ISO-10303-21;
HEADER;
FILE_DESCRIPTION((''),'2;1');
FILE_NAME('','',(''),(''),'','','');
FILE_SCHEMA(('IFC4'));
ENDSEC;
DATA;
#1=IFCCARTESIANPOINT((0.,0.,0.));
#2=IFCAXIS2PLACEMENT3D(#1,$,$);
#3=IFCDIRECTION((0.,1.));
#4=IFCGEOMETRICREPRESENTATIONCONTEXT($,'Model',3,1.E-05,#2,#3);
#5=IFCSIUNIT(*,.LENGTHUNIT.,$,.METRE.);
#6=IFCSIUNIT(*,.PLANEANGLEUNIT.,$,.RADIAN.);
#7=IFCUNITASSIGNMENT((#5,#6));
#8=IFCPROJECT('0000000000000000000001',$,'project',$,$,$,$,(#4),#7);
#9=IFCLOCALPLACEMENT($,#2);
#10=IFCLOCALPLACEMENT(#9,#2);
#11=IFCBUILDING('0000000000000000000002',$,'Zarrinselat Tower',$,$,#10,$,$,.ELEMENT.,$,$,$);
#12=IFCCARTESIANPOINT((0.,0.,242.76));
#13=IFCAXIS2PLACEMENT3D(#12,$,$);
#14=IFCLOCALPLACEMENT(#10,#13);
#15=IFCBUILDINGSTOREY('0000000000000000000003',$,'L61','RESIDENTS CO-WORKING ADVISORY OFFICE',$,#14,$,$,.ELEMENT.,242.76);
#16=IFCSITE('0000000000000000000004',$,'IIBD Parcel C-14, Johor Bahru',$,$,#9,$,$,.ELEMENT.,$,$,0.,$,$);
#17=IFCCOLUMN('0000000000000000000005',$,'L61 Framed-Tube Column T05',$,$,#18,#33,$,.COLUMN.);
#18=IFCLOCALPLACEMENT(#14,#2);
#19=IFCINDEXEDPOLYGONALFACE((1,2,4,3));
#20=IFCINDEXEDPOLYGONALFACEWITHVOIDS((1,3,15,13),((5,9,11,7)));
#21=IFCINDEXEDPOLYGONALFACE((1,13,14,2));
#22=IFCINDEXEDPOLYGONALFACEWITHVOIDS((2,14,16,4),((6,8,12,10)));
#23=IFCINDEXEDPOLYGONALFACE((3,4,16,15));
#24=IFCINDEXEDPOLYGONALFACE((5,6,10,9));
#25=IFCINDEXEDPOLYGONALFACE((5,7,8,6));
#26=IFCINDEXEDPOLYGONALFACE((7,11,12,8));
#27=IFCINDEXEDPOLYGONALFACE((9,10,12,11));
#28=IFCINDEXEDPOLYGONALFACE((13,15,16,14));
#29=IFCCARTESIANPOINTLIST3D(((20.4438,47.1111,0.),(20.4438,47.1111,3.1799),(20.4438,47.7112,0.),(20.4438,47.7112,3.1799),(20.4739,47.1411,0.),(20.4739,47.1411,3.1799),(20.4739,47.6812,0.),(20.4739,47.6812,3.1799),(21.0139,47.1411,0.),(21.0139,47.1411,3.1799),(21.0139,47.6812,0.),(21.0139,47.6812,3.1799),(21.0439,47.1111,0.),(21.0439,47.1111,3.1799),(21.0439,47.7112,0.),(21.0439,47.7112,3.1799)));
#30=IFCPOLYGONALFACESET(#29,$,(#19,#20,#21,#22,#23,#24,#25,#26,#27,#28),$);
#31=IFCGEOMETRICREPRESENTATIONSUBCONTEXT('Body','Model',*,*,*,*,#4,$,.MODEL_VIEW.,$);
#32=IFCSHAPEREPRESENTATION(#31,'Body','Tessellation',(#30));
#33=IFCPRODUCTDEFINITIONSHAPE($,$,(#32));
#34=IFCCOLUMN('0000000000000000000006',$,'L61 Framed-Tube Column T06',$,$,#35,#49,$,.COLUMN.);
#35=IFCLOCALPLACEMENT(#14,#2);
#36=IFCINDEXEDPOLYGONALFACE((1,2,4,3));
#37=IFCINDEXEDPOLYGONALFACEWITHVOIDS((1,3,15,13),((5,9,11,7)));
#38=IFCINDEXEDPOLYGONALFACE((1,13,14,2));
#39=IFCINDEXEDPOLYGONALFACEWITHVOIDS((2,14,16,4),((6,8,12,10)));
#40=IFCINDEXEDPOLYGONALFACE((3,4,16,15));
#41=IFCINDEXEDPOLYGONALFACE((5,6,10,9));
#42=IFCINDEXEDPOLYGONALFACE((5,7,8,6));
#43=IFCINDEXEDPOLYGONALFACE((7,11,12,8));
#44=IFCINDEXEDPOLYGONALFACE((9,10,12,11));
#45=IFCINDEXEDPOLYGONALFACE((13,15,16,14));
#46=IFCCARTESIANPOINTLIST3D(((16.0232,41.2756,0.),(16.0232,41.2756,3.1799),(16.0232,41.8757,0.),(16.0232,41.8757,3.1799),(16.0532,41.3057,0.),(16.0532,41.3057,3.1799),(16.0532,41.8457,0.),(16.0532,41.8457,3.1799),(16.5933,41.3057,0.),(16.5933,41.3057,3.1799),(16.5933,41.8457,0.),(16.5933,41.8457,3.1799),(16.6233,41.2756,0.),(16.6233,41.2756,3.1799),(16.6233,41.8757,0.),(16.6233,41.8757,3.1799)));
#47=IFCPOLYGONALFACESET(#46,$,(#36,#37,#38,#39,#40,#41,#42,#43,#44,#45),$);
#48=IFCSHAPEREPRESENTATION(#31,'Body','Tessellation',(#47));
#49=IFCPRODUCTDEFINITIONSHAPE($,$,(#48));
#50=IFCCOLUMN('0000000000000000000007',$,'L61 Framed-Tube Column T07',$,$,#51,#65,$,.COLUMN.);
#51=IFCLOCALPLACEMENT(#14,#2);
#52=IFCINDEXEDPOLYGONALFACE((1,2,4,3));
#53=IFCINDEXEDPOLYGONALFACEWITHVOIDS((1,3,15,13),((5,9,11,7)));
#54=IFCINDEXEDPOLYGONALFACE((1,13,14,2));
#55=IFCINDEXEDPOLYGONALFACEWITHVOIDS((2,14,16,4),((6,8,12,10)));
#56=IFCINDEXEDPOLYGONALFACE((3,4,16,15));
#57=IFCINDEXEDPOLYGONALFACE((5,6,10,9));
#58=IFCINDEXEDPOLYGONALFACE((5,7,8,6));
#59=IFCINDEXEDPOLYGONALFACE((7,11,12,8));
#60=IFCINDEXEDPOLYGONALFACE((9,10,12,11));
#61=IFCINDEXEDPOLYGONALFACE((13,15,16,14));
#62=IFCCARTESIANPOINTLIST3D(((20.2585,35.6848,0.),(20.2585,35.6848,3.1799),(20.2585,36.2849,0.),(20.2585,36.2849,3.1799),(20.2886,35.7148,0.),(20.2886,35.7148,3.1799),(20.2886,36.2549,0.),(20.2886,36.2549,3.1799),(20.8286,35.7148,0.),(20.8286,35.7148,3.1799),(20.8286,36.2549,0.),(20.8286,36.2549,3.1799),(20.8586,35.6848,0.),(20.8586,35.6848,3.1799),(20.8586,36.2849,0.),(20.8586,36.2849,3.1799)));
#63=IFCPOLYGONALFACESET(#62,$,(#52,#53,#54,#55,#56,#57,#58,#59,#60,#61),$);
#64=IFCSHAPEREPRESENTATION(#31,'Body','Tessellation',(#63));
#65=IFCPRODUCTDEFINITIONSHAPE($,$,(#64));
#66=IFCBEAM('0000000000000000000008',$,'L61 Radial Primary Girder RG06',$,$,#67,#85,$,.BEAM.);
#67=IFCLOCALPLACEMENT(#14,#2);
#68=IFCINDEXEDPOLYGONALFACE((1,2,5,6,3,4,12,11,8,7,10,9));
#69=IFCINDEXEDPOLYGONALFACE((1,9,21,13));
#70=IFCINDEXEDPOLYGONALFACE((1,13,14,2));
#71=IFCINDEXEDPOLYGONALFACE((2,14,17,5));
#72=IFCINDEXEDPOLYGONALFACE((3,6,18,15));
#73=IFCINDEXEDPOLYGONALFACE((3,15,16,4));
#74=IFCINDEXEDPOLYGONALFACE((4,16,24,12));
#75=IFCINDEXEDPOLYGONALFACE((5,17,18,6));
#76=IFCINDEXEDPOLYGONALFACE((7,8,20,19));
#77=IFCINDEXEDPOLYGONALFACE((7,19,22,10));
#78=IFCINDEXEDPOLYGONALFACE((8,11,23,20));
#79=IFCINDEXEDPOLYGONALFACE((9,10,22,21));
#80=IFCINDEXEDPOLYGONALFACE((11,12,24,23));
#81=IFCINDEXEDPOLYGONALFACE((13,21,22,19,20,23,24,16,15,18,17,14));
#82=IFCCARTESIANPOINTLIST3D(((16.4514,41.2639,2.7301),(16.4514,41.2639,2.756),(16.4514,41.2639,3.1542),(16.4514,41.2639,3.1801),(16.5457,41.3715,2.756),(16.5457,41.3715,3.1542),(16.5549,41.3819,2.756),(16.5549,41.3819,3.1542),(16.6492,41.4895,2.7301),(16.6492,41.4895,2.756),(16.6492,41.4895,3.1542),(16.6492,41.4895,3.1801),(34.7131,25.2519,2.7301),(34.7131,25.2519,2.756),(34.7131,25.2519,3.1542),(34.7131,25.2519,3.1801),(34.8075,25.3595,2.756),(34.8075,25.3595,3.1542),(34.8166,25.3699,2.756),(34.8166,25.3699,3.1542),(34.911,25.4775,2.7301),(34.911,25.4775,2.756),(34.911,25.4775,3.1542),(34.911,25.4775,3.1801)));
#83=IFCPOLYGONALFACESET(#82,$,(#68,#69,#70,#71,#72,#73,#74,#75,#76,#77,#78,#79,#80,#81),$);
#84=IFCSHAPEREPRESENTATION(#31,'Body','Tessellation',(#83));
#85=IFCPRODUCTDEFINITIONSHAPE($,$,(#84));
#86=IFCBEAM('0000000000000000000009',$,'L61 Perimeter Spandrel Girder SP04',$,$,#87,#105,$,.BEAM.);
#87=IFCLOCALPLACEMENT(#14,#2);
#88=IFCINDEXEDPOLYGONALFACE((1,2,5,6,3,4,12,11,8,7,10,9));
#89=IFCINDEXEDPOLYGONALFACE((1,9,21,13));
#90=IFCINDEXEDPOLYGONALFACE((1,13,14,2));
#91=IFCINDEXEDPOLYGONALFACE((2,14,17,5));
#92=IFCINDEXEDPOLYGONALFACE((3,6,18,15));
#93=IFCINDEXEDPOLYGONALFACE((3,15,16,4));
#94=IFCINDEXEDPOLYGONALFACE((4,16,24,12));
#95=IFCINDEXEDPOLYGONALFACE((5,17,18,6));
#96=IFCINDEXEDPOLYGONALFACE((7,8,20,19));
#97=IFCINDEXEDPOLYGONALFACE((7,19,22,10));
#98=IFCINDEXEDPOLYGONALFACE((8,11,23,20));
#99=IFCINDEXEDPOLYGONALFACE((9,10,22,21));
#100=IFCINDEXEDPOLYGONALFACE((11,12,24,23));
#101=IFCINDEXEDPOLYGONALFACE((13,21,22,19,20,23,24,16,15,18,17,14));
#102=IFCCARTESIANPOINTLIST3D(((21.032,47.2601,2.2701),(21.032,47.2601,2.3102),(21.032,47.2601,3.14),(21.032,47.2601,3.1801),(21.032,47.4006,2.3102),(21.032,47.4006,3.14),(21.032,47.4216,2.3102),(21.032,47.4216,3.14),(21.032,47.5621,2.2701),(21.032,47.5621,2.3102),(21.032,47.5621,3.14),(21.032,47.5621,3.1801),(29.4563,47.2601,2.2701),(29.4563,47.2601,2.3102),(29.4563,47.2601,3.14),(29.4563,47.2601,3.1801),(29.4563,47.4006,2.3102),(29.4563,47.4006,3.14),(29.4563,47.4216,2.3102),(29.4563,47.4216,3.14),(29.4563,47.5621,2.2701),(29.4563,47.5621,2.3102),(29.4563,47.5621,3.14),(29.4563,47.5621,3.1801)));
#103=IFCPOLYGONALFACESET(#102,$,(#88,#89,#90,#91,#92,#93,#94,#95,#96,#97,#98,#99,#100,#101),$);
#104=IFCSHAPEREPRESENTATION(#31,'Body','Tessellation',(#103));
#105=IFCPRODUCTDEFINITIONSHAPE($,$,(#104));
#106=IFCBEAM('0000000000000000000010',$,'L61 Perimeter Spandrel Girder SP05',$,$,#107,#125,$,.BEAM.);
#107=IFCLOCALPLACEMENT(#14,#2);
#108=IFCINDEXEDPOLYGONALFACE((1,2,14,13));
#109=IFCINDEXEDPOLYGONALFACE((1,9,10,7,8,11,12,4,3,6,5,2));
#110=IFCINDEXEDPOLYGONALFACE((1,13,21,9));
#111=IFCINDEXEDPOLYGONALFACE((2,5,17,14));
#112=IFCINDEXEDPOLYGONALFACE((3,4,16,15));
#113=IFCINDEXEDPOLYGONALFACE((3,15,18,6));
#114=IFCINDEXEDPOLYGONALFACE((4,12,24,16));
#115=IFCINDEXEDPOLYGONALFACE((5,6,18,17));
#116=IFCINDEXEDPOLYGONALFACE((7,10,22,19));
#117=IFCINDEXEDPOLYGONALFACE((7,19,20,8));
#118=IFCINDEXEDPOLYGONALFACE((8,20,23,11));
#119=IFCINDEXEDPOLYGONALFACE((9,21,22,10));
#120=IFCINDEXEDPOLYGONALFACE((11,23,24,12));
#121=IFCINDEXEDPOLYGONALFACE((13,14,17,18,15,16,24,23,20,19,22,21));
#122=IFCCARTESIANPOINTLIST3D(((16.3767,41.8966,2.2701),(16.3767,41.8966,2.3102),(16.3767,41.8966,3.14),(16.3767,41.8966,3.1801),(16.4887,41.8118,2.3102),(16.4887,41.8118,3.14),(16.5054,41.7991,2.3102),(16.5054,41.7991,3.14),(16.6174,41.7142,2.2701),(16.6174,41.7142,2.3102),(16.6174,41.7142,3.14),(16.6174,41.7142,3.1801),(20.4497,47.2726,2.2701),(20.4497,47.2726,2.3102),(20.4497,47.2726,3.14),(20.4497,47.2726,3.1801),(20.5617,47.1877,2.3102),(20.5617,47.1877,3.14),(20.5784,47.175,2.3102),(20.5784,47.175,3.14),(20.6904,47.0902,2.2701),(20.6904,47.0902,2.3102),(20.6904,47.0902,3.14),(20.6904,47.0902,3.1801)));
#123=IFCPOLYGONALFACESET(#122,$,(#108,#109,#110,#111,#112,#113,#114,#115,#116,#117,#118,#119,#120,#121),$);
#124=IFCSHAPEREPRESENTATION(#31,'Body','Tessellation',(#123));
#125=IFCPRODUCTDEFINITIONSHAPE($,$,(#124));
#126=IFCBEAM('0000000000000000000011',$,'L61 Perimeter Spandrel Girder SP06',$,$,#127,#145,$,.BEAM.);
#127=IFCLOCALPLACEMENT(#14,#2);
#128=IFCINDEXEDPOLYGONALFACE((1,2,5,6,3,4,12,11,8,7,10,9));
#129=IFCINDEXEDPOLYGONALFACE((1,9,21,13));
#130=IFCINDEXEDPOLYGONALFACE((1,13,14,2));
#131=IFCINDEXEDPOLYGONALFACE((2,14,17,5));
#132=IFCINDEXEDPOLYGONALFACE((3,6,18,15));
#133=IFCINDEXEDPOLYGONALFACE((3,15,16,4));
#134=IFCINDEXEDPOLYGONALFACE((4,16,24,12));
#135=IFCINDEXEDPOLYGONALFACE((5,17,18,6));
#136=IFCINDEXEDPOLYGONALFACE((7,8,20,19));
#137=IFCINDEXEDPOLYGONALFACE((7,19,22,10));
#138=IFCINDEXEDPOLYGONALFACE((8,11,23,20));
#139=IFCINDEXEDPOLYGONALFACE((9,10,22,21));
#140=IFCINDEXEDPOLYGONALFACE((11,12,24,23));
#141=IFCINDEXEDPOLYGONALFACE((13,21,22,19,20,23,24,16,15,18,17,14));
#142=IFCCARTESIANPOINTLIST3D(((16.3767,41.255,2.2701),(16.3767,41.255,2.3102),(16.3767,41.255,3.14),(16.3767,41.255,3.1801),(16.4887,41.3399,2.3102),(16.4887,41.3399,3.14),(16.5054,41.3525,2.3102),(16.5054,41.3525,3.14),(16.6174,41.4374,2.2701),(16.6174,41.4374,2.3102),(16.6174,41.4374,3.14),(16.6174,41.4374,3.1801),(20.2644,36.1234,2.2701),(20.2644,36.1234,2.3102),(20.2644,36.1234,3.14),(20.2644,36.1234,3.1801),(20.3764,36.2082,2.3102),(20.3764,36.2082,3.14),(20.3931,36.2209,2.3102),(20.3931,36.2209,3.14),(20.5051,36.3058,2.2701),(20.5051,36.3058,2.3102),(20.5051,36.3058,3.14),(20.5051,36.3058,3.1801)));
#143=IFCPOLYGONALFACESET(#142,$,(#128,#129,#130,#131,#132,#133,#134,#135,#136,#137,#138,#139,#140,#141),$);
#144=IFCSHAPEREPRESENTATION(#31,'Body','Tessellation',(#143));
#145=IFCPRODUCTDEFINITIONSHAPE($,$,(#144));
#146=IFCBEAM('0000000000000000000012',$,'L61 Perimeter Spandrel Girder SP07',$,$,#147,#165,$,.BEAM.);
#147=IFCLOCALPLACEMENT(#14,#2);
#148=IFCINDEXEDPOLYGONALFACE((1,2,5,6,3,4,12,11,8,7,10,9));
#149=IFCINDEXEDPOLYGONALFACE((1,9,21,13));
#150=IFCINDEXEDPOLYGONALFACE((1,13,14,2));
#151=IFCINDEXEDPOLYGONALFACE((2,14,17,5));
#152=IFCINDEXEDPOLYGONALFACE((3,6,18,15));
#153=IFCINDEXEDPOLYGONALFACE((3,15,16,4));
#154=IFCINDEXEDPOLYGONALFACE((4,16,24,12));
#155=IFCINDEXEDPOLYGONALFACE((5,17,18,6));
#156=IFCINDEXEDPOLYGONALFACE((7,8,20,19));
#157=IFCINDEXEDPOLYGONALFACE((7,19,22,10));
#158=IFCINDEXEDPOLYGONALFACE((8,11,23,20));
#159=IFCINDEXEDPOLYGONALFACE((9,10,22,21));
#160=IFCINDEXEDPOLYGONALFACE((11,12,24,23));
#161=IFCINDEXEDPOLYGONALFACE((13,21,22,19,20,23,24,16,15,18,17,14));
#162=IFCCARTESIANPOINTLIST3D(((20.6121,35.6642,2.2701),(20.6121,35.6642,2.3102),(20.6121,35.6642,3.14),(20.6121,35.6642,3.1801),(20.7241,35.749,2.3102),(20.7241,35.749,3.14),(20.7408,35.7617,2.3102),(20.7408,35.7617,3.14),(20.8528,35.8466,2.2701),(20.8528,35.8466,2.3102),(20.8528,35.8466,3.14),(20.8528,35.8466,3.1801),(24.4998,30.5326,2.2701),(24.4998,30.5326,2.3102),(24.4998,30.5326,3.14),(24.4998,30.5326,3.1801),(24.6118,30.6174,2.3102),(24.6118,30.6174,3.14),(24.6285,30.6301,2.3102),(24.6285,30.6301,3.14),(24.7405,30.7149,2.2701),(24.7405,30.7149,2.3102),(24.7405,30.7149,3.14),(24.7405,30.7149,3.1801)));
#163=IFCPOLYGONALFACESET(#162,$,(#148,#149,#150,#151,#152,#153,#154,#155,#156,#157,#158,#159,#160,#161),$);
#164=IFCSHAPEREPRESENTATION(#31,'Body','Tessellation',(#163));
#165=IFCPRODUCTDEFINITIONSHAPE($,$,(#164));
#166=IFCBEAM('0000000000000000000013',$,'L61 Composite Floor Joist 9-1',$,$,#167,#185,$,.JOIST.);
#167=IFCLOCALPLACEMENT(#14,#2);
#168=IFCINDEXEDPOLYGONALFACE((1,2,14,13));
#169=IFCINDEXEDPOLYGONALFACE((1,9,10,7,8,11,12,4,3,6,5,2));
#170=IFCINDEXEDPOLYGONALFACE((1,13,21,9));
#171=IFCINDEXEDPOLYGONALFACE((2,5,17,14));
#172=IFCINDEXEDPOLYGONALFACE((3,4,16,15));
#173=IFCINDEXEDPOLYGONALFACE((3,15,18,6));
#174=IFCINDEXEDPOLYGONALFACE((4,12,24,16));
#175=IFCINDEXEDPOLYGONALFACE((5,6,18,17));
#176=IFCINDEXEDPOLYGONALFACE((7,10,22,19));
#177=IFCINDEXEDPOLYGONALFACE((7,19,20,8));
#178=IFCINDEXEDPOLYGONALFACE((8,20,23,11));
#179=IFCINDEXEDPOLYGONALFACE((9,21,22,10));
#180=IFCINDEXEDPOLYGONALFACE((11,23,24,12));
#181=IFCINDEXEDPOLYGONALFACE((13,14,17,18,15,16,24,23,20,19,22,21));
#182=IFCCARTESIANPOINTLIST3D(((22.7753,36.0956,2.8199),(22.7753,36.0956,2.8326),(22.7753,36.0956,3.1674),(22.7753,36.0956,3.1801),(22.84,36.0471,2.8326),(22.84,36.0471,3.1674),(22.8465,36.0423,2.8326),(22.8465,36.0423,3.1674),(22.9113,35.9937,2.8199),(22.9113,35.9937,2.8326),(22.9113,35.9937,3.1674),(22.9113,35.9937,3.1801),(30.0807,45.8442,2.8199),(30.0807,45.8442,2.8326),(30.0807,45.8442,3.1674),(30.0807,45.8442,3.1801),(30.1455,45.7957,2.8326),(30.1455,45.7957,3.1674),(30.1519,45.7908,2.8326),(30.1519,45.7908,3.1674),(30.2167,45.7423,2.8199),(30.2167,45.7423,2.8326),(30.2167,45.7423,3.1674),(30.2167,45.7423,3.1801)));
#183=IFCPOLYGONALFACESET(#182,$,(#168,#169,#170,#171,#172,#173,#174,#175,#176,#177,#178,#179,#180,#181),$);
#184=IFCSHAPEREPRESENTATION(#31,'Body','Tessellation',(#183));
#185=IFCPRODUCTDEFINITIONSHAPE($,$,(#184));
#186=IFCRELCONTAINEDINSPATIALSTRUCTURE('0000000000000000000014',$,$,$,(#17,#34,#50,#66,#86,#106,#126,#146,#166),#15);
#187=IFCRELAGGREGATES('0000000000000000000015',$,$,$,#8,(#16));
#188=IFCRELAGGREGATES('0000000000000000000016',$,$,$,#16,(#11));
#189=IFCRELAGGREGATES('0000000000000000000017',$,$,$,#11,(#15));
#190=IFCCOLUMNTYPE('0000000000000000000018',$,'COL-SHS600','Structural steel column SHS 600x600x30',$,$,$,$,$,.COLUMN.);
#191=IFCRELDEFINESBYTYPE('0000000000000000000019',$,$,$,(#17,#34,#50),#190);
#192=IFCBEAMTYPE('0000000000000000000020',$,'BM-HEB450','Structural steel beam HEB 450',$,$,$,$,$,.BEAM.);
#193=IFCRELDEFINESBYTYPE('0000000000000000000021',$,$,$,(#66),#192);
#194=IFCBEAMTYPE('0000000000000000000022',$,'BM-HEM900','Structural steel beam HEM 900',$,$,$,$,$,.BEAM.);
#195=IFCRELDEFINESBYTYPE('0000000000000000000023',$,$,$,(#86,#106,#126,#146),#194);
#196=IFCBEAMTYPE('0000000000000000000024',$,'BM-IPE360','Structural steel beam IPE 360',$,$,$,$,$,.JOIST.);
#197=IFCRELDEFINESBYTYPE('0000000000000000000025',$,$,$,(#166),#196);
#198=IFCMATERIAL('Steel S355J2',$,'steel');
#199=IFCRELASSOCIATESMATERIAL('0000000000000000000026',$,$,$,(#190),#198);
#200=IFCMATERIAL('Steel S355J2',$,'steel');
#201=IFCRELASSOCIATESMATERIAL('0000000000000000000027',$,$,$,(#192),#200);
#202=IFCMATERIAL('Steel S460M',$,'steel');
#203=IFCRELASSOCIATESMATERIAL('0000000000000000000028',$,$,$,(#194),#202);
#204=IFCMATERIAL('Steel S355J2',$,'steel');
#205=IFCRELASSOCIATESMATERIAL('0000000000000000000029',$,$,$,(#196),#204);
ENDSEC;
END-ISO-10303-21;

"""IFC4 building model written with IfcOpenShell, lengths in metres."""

from ifc_helpers import new_model, si_unit, direction, frame, origin, origin_2d, place, context, subcontext, project, spatial, hollow_rectangle, i_section, extrude, material, material_profile, profile_set, type_object, element, save


model = new_model("IFC4")

# Units and contexts
model_context = context("Model", 3, precision=1e-05, world=origin(), true_north=direction((0.0, 1.0)))
body_context = subcontext(model_context, "Body", "Model", "MODEL_VIEW")
ifc_project = project(units=[si_unit("LENGTHUNIT", "METRE"), si_unit("PLANEANGLEUNIT", "RADIAN")], contexts=[model_context])

# Site, building, storey
site_placement = place(None, origin())
site = spatial("IfcSite", under=ifc_project, at=site_placement, Name="IIBD Parcel C-14, Johor Bahru", CompositionType="ELEMENT", RefElevation=0.0)
building_placement = place(site_placement, origin())
building = spatial("IfcBuilding", under=site, at=building_placement, Name="Zarrinselat Tower", CompositionType="ELEMENT")
storey_placement = place(building_placement, frame((0.0, 0.0, 242.76)))
storey = spatial("IfcBuildingStorey", under=building, at=storey_placement, Name="L61", Description="RESIDENTS CO-WORKING ADVISORY OFFICE", CompositionType="ELEMENT", Elevation=242.76)

# Columns
ifc_material_1 = material(Name="Steel S355J2", Category="steel")
ifc_material_profile_1 = material_profile(ifc_material_1, hollow_rectangle(XDim=0.6001, YDim=0.6001, WallThickness=0.03, at=origin_2d()), Name="SHS 600x600x30")
ifc_profile_set_1 = profile_set([ifc_material_profile_1], Name="Steel S355J2")
column_type = type_object("IfcColumnType", Name="COL-SHS600", Description="Structural steel column SHS 600x600x30", PredefinedType="COLUMN", material=ifc_profile_set_1)
for number, where, z_axis, x_axis, name in (
    (1, (20.7439, 47.4111, 0.0), (0.0, 0.0, 1.0), (1.0, 0.0, 0.0), "L61 Framed-Tube Column T05"),
    (2, (16.3232, 41.5757, 0.0), (0.0, 0.0, 1.0), (1.0, 0.0, 0.0), "L61 Framed-Tube Column T06"),
    (3, (20.5586, 35.9849, 0.0), (0.0, 0.0, 1.0), (1.0, 0.0, 0.0), "L61 Framed-Tube Column T07"),
):
    element("IfcColumn", number, at=place(storey_placement, frame(where, z_axis=z_axis, x_axis=x_axis)), inside=storey, type_object=column_type, Name=name, PredefinedType="COLUMN", context=body_context, shape_type="SweptSolid", body=[
        extrude(hollow_rectangle(XDim=0.6001, YDim=0.6001, WallThickness=0.03, at=origin_2d()), origin(), (0.0, 0.0, 1.0), 3.1799),
    ])

# Beams
ifc_material_2 = material(Name="Steel S355J2", Category="steel")
ifc_material_profile_2 = material_profile(ifc_material_2, i_section(OverallWidth=0.3, OverallDepth=0.45, WebThickness=0.0139, FlangeThickness=0.0259, at=origin_2d()), Name="HEB 450")
ifc_profile_set_2 = profile_set([ifc_material_profile_2], Name="Steel S355J2")
beam_type_1 = type_object("IfcBeamType", Name="BM-HEB450", Description="Structural steel beam HEB 450", PredefinedType="BEAM", material=ifc_profile_set_2)
beam_1_placement = place(storey_placement, frame((16.5503, 41.3767, 2.9551), z_axis=(0.751904, -0.659273, 0.0), x_axis=(0.659273, 0.751904, 0.0)))
element("IfcBeam", 4, at=beam_1_placement, inside=storey, type_object=beam_type_1, Name="L61 Radial Primary Girder RG06", PredefinedType="BEAM", context=body_context, shape_type="SweptSolid", body=[
    extrude(i_section(OverallWidth=0.3, OverallDepth=0.45, WebThickness=0.0139, FlangeThickness=0.0259, at=origin_2d()), origin(), (0.0, 0.0, 1.0), 24.2874),
])
ifc_material_3 = material(Name="Steel S460M", Category="steel")
ifc_material_profile_3 = material_profile(ifc_material_3, i_section(OverallWidth=0.302, OverallDepth=0.9099, WebThickness=0.021, FlangeThickness=0.04, at=origin_2d()), Name="HEM 900")
ifc_profile_set_3 = profile_set([ifc_material_profile_3], Name="Steel S460M")
beam_type_2 = type_object("IfcBeamType", Name="BM-HEM900", Description="Structural steel beam HEM 900", PredefinedType="BEAM", material=ifc_profile_set_3)
beam_2_placement = place(storey_placement, frame((21.032, 47.4111, 2.7251), z_axis=(1.0, 0.0, 0.0), x_axis=(0.0, 1.0, 0.0)))
element("IfcBeam", 5, at=beam_2_placement, inside=storey, type_object=beam_type_2, Name="L61 Perimeter Spandrel Girder SP04", PredefinedType="BEAM", context=body_context, shape_type="SweptSolid", body=[
    extrude(i_section(OverallWidth=0.302, OverallDepth=0.9099, WebThickness=0.021, FlangeThickness=0.04, at=origin_2d()), origin(), (0.0, 0.0, 1.0), 8.4243),
])
beam_3_placement = place(storey_placement, frame((16.4971, 41.8054, 2.7251), z_axis=(0.603885, 0.797072, 0.0), x_axis=(-0.797072, 0.603885, 0.0)))
element("IfcBeam", 6, at=beam_3_placement, inside=storey, type_object=beam_type_2, Name="L61 Perimeter Spandrel Girder SP05", PredefinedType="BEAM", context=body_context, shape_type="SweptSolid", body=[
    extrude(i_section(OverallWidth=0.302, OverallDepth=0.9099, WebThickness=0.021, FlangeThickness=0.04, at=origin_2d()), origin(), (0.0, 0.0, 1.0), 6.7446),
])
for number, where, z_axis, x_axis, name in (
    (7, (16.4971, 41.3462, 2.7251), (0.60387, -0.797083, 0.0), (0.797083, 0.60387, 0.0), "L61 Perimeter Spandrel Girder SP06"),
    (8, (20.7324, 35.7554, 2.7251), (0.60387, -0.797083, 0.0), (0.797083, 0.60387, 0.0), "L61 Perimeter Spandrel Girder SP07"),
):
    element("IfcBeam", number, at=place(storey_placement, frame(where, z_axis=z_axis, x_axis=x_axis)), inside=storey, type_object=beam_type_2, Name=name, PredefinedType="BEAM", context=body_context, shape_type="SweptSolid", body=[
        extrude(i_section(OverallWidth=0.302, OverallDepth=0.9099, WebThickness=0.021, FlangeThickness=0.04, at=origin_2d()), origin(), (0.0, 0.0, 1.0), 6.438),
    ])
ifc_material_4 = material(Name="Steel S355J2", Category="steel")
ifc_material_profile_4 = material_profile(ifc_material_4, i_section(OverallWidth=0.1699, OverallDepth=0.3601, WebThickness=0.0081, FlangeThickness=0.0127, at=origin_2d()), Name="IPE 360")
ifc_profile_set_4 = profile_set([ifc_material_profile_4], Name="Steel S355J2")
beam_type_3 = type_object("IfcBeamType", Name="BM-IPE360", Description="Structural steel beam IPE 360", PredefinedType="JOIST", material=ifc_profile_set_4)
beam_4_placement = place(storey_placement, frame((22.8433, 36.0447, 3.0), z_axis=(0.599686, 0.800236, 0.0), x_axis=(-0.800236, 0.599686, 0.0)))
element("IfcBeam", 9, at=beam_4_placement, inside=storey, type_object=beam_type_3, Name="L61 Composite Floor Joist 9-1", PredefinedType="JOIST", context=body_context, shape_type="SweptSolid", body=[
    extrude(i_section(OverallWidth=0.1699, OverallDepth=0.3601, WebThickness=0.0081, FlangeThickness=0.0127, at=origin_2d()), origin(), (0.0, 0.0, 1.0), 12.1821),
])

save(model, "model.ifc")
